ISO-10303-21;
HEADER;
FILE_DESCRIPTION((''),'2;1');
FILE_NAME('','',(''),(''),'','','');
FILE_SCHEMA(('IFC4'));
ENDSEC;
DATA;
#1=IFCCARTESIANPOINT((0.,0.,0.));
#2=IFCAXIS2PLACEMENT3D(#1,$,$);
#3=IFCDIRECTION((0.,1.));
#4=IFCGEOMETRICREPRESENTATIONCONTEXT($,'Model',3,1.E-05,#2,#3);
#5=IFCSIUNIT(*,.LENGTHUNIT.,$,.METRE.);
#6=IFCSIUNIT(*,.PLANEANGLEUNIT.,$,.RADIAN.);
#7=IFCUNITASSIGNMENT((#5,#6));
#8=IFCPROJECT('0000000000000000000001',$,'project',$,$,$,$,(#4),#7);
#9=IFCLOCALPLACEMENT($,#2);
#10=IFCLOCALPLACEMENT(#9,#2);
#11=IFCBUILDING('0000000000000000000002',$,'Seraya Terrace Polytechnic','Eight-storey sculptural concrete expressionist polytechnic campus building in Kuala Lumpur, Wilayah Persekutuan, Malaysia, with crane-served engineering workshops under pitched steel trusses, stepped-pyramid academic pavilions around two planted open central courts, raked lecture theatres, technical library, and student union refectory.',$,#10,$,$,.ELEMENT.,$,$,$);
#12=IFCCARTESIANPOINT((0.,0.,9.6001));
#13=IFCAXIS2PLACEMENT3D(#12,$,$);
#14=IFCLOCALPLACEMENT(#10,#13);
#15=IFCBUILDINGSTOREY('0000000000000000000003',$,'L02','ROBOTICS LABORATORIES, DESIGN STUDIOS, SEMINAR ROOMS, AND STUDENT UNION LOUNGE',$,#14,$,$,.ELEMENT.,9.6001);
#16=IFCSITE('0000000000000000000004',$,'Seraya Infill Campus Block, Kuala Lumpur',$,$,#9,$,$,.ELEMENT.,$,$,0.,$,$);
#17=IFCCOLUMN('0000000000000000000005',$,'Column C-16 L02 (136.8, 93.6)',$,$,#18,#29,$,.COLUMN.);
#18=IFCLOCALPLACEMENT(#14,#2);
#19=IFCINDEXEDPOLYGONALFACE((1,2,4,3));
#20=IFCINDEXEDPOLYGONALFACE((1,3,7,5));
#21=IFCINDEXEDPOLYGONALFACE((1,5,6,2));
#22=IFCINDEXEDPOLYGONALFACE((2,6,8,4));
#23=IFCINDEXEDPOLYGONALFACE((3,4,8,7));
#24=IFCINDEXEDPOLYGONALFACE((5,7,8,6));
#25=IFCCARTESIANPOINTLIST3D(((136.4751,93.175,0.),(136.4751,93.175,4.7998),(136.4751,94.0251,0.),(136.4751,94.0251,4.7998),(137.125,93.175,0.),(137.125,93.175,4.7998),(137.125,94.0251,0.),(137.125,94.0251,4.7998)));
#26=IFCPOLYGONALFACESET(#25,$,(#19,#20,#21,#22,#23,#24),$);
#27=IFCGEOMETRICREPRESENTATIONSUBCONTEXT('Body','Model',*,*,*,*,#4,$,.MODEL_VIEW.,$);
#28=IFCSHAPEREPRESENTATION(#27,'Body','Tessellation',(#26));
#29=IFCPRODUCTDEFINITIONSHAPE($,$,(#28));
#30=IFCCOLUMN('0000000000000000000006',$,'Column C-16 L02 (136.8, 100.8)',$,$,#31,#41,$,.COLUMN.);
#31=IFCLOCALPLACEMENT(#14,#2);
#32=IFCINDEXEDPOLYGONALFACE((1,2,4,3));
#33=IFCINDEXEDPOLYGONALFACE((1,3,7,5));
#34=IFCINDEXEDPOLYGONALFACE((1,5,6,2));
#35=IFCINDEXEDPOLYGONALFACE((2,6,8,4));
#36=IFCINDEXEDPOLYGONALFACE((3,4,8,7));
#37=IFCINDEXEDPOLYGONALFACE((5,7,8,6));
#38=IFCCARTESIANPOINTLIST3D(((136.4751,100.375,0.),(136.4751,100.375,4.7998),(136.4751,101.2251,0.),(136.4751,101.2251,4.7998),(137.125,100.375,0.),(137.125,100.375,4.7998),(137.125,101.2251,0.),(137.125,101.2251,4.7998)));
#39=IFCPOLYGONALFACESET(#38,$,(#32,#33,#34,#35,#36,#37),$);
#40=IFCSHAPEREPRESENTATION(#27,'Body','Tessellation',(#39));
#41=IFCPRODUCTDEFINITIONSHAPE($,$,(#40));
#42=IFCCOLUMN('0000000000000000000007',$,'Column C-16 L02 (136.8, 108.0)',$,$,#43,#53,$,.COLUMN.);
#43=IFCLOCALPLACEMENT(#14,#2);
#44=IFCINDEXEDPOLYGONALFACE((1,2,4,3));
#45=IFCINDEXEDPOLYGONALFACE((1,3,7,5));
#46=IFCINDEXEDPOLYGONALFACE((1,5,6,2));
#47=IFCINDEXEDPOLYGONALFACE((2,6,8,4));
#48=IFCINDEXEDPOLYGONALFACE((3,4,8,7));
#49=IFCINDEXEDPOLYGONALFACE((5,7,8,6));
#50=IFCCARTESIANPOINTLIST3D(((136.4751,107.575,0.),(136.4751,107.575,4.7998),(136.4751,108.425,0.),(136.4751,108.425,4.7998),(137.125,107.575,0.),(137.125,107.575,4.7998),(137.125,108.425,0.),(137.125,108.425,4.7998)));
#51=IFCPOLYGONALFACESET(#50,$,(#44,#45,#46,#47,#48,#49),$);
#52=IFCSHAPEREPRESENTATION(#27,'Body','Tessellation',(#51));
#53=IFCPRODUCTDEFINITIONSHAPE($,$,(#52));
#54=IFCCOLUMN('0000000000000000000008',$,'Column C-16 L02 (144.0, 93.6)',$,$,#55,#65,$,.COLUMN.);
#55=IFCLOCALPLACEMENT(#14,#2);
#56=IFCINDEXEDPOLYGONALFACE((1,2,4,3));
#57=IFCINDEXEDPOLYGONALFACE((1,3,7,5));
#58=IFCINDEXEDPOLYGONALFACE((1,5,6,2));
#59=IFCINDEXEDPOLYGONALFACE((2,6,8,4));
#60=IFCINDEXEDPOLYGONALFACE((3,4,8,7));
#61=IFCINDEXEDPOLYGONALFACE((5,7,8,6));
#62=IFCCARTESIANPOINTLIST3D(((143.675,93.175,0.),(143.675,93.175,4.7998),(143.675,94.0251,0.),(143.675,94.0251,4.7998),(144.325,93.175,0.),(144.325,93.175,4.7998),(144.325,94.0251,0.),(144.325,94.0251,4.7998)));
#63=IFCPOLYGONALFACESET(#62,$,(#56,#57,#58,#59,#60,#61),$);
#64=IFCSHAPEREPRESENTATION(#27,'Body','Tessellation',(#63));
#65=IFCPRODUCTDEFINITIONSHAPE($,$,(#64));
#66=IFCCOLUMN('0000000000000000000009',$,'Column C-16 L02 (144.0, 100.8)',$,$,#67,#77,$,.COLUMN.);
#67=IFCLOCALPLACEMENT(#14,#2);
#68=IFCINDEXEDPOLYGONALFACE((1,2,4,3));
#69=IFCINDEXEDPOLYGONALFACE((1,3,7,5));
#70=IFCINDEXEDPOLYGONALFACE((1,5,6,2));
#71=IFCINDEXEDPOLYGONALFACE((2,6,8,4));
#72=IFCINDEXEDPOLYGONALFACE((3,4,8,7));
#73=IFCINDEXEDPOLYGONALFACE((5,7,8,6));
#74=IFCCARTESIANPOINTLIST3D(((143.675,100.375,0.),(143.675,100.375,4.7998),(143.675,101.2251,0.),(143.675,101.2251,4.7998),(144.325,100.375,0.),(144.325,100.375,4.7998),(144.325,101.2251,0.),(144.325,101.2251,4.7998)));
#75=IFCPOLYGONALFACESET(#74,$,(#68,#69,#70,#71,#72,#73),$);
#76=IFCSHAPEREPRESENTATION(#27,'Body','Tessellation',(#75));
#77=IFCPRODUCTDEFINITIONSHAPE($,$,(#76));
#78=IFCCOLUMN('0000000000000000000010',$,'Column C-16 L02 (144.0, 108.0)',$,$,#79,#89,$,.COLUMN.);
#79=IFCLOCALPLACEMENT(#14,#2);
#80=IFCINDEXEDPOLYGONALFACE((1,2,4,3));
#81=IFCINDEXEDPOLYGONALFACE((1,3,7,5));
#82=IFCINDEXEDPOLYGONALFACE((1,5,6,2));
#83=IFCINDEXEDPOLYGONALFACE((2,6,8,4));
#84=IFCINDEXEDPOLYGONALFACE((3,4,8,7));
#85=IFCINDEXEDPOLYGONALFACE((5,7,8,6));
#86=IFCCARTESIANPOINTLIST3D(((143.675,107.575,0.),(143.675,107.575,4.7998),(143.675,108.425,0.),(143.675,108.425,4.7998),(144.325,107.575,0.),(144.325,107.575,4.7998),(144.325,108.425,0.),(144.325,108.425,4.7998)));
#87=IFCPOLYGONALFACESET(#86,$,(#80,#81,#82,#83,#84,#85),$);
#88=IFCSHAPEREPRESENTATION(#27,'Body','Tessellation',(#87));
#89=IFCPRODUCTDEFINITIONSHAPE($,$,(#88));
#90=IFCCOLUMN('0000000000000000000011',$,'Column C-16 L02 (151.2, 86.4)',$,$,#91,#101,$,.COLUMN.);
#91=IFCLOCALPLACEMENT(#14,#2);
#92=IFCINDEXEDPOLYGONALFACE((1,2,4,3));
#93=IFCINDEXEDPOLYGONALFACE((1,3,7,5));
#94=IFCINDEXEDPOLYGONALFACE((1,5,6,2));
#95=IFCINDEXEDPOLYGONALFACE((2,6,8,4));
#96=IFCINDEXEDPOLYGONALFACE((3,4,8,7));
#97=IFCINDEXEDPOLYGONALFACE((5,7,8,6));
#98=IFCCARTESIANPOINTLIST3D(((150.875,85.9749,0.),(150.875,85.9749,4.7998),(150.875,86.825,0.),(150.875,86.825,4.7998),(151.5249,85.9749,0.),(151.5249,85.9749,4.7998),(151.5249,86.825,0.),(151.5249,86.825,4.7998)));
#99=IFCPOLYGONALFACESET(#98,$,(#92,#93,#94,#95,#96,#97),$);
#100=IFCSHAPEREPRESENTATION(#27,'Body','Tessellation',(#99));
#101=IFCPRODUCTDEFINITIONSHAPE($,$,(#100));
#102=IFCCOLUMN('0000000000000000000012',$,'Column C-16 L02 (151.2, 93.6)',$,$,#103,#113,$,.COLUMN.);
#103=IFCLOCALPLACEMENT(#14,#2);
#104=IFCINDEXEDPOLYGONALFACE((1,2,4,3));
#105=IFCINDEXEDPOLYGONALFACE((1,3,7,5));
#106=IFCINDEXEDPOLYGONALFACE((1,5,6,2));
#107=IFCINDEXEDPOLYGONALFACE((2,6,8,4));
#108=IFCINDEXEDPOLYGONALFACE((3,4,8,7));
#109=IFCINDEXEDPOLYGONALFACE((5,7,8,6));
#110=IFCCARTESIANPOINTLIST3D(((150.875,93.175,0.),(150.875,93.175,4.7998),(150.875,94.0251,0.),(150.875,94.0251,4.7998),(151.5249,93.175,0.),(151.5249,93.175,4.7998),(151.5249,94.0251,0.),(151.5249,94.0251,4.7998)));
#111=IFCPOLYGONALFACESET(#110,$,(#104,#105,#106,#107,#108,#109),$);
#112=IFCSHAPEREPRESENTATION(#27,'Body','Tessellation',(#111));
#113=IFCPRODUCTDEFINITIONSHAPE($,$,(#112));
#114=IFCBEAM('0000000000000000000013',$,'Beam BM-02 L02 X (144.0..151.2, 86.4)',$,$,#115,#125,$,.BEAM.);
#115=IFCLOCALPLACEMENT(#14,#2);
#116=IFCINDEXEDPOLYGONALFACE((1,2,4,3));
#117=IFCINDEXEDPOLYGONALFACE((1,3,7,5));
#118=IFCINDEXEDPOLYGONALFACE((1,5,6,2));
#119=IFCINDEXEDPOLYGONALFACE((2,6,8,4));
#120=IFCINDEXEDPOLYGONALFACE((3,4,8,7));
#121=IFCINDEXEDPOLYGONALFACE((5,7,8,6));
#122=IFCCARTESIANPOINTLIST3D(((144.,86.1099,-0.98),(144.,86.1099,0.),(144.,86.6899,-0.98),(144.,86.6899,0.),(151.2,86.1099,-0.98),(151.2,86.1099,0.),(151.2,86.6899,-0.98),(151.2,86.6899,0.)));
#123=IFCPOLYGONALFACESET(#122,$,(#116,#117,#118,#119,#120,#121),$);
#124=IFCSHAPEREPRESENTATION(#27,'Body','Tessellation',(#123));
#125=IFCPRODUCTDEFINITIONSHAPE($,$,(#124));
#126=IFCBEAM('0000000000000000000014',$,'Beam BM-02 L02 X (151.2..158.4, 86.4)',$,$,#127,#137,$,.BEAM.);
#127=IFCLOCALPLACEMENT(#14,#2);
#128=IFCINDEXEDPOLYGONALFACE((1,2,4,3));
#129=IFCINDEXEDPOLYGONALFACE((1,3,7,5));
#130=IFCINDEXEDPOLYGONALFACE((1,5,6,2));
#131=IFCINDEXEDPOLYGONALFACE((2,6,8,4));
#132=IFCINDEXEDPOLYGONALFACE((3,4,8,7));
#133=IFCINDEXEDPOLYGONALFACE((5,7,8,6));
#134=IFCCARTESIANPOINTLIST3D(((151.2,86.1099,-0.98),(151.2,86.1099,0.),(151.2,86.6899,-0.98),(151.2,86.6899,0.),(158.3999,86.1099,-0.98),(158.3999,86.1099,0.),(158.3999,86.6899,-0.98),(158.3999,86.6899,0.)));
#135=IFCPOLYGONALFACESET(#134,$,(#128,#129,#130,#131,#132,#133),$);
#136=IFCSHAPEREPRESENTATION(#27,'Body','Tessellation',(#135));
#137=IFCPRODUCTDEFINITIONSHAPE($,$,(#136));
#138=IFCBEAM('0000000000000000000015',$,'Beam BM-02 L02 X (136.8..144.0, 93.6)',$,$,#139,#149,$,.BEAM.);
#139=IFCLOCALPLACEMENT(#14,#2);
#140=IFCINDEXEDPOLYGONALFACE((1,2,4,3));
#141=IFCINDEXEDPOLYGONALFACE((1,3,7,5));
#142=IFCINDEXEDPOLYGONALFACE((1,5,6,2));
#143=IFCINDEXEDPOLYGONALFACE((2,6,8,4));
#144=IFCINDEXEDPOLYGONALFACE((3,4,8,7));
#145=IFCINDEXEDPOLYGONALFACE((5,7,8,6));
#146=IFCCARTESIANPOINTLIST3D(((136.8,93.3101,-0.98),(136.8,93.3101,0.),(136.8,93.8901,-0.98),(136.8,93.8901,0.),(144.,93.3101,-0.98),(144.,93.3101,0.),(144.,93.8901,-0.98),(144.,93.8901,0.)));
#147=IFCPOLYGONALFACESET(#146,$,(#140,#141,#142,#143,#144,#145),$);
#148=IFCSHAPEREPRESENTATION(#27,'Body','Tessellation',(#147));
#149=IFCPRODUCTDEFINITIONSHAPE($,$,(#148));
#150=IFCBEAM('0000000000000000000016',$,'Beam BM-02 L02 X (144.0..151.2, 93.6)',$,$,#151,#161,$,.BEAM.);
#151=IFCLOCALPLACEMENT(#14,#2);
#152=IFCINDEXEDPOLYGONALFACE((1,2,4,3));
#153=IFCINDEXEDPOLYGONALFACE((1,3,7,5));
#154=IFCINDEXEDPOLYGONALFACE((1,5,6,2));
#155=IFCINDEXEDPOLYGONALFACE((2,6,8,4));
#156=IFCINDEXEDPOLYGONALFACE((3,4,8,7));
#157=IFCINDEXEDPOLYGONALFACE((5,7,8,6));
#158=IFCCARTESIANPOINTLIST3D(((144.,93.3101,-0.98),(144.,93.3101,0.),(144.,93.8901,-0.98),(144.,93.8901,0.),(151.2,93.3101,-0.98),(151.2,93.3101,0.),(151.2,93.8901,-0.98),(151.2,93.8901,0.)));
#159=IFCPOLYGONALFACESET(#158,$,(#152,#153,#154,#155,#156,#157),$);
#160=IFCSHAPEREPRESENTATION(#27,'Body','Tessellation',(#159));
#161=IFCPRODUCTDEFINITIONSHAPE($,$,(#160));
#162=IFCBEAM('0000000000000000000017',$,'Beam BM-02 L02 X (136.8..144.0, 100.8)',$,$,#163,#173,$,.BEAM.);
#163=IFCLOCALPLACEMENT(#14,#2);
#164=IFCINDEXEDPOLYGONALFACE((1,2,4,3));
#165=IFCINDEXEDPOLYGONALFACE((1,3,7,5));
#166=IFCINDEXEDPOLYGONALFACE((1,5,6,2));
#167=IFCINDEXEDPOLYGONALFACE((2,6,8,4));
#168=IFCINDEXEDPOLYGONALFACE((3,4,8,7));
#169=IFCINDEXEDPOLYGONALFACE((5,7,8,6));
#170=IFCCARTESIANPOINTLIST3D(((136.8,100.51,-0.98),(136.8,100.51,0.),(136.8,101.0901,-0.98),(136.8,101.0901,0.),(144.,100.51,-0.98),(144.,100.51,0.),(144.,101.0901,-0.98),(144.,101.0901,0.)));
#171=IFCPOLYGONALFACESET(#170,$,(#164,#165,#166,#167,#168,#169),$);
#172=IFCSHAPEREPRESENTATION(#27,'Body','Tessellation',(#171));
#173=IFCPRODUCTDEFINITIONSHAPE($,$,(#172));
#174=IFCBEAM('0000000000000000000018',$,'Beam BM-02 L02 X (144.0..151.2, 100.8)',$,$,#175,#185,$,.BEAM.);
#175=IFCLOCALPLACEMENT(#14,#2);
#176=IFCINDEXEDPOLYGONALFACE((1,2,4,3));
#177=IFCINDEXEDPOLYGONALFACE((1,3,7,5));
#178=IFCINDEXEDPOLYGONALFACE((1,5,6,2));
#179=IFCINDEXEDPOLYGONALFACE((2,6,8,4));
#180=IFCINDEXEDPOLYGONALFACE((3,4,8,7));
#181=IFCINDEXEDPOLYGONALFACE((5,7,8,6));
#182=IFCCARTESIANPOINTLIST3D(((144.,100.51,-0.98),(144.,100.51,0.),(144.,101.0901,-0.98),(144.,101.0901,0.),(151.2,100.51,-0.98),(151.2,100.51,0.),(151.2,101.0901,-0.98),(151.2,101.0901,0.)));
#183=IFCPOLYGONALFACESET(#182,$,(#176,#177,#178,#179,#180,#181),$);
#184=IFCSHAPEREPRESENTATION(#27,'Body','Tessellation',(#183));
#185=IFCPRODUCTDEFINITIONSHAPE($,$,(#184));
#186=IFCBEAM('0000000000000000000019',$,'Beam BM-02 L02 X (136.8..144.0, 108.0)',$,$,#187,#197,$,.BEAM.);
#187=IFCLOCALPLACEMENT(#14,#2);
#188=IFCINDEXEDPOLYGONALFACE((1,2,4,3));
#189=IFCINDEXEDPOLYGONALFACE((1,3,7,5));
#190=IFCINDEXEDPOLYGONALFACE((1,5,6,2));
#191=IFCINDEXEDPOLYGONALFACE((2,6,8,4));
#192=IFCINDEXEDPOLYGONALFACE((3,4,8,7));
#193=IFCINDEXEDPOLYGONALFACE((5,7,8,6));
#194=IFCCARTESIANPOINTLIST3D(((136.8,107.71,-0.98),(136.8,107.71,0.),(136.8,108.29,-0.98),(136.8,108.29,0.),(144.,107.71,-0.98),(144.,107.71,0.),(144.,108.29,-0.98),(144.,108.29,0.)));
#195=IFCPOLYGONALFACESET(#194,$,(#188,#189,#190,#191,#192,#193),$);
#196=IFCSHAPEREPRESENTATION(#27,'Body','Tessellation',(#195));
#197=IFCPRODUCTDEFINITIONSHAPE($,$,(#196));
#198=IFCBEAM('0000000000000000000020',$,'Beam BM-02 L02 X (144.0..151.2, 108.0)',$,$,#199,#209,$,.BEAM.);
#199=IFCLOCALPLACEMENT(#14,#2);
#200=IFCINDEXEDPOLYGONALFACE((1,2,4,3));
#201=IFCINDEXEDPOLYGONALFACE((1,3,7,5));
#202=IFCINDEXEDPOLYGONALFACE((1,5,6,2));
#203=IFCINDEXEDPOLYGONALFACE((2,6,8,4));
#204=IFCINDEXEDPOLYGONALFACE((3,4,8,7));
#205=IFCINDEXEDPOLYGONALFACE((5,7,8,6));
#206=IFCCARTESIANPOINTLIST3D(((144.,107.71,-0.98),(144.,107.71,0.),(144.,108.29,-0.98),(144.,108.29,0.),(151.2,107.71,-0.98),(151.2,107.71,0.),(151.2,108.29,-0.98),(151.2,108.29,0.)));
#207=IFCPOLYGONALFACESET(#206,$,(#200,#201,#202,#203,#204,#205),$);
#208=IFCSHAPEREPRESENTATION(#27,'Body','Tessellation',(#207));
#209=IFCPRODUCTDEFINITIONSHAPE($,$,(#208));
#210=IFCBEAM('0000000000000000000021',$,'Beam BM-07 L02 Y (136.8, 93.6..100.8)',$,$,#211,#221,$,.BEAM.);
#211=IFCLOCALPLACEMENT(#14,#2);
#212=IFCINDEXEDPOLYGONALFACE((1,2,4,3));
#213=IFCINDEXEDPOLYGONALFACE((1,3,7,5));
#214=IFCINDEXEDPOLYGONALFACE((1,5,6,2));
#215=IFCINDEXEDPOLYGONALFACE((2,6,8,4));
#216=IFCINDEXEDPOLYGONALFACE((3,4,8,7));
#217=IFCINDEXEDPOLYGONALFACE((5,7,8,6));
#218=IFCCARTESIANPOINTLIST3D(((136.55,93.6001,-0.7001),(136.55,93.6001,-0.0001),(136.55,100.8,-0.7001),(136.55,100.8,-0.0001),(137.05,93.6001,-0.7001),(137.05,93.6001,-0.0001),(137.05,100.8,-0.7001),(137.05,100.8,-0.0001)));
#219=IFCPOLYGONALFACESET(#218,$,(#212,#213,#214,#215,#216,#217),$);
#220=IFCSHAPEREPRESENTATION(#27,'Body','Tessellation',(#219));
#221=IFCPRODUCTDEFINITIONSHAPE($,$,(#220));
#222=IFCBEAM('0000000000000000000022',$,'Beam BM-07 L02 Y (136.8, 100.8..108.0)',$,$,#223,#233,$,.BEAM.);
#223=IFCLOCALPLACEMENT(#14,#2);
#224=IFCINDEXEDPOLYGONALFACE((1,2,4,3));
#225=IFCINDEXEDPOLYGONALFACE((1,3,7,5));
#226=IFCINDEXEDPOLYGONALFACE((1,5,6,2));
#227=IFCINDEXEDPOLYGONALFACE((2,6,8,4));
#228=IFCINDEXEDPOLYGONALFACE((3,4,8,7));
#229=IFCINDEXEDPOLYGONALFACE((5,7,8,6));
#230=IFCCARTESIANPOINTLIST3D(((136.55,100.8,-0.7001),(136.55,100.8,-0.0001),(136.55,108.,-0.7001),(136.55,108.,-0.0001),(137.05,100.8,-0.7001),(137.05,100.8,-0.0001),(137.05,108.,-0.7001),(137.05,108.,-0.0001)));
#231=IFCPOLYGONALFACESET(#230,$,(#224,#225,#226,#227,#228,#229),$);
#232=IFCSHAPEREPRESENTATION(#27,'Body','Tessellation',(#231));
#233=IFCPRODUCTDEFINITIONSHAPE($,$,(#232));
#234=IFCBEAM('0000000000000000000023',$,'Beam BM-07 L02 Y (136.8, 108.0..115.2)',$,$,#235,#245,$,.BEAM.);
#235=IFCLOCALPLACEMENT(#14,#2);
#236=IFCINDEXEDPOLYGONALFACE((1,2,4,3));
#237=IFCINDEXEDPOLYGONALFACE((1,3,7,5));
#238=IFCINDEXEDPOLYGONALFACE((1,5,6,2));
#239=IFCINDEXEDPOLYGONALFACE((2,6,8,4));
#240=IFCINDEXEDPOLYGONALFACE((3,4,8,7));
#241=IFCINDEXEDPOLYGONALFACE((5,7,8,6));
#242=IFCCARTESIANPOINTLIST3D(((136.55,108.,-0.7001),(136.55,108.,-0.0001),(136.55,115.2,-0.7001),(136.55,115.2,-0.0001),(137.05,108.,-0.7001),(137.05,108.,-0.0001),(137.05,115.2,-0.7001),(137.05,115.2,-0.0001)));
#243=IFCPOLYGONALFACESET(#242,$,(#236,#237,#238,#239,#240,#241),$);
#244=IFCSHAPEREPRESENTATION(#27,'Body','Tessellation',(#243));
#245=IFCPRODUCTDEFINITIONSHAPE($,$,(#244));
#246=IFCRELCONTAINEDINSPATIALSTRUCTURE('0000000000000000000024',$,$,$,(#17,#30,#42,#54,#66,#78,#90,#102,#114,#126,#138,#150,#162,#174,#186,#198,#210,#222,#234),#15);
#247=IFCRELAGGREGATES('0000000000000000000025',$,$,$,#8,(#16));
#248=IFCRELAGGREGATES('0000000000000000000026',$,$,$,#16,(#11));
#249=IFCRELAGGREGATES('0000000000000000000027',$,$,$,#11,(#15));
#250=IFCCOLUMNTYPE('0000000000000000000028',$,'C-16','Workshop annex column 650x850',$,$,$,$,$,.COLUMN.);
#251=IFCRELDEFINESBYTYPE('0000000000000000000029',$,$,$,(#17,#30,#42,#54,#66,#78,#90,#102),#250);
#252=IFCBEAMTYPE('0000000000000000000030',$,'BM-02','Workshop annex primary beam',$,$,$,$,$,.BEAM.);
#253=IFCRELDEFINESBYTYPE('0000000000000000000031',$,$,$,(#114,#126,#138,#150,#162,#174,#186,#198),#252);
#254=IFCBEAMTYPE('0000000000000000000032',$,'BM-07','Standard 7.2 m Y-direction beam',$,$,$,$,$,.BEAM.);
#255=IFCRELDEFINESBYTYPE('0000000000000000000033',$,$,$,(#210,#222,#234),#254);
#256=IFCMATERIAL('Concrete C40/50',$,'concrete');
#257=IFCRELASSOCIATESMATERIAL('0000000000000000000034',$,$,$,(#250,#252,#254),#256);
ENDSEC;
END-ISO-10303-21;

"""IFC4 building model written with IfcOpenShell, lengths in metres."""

from ifc_helpers import new_model, si_unit, direction, frame, origin, origin_2d, place, context, subcontext, project, spatial, rectangle, extrude, material, material_profile, profile_set, type_object, element, save


model = new_model("IFC4")

# Units and contexts
model_context = context("Model", 3, precision=1e-05, world=origin(), true_north=direction((0.0, 1.0)))
body_context = subcontext(model_context, "Body", "Model", "MODEL_VIEW")
ifc_project = project(units=[si_unit("LENGTHUNIT", "METRE"), si_unit("PLANEANGLEUNIT", "RADIAN")], contexts=[model_context])

# Site, building, storey
site_placement = place(None, origin())
site = spatial("IfcSite", under=ifc_project, at=site_placement, Name="Seraya Infill Campus Block, Kuala Lumpur", CompositionType="ELEMENT", RefElevation=0.0)
building_placement = place(site_placement, origin())
building = spatial("IfcBuilding", under=site, at=building_placement, Name="Seraya Terrace Polytechnic", Description="Eight-storey sculptural concrete expressionist polytechnic campus building in Kuala Lumpur, Wilayah Persekutuan, Malaysia, with crane-served engineering workshops under pitched steel trusses, stepped-pyramid academic pavilions around two planted open central courts, raked lecture theatres, technical library, and student union refectory.", CompositionType="ELEMENT")
storey_placement = place(building_placement, frame((0.0, 0.0, 9.6001)))
storey = spatial("IfcBuildingStorey", under=building, at=storey_placement, Name="L02", Description="ROBOTICS LABORATORIES, DESIGN STUDIOS, SEMINAR ROOMS, AND STUDENT UNION LOUNGE", CompositionType="ELEMENT", Elevation=9.6001)

# Columns
ifc_material_1 = material(Name="Concrete C40/50", Category="concrete")
ifc_material_profile_1 = material_profile(ifc_material_1, rectangle(XDim=0.6499, YDim=0.8501, at=origin_2d()), Name="RC 650x850")
ifc_profile_set_1 = profile_set([ifc_material_profile_1], Name="Concrete C40/50")
column_type = type_object("IfcColumnType", Name="C-16", Description="Workshop annex column 650x850", PredefinedType="COLUMN", material=ifc_profile_set_1)
for number, where, z_axis, x_axis, name in (
    (1, (136.8, 93.6001, 0.0), (0.0, 0.0, 1.0), (1.0, 0.0, 0.0), "Column C-16 L02 (136.8, 93.6)"),
    (2, (136.8, 100.8, 0.0), (0.0, 0.0, 1.0), (1.0, 0.0, 0.0), "Column C-16 L02 (136.8, 100.8)"),
    (3, (136.8, 108.0, 0.0), (0.0, 0.0, 1.0), (1.0, 0.0, 0.0), "Column C-16 L02 (136.8, 108.0)"),
    (4, (144.0, 93.6001, 0.0), (0.0, 0.0, 1.0), (1.0, 0.0, 0.0), "Column C-16 L02 (144.0, 93.6)"),
    (5, (144.0, 100.8, 0.0), (0.0, 0.0, 1.0), (1.0, 0.0, 0.0), "Column C-16 L02 (144.0, 100.8)"),
    (6, (144.0, 108.0, 0.0), (0.0, 0.0, 1.0), (1.0, 0.0, 0.0), "Column C-16 L02 (144.0, 108.0)"),
    (7, (151.2, 86.3999, 0.0), (0.0, 0.0, 1.0), (1.0, 0.0, 0.0), "Column C-16 L02 (151.2, 86.4)"),
    (8, (151.2, 93.6001, 0.0), (0.0, 0.0, 1.0), (1.0, 0.0, 0.0), "Column C-16 L02 (151.2, 93.6)"),
):
    element("IfcColumn", number, at=place(storey_placement, frame(where, z_axis=z_axis, x_axis=x_axis)), inside=storey, type_object=column_type, Name=name, PredefinedType="COLUMN", context=body_context, shape_type="SweptSolid", body=[
        extrude(rectangle(XDim=0.6499, YDim=0.8501, at=origin_2d()), origin(), (0.0, 0.0, 1.0), 4.7998),
    ])

# Beams
ifc_material_profile_2 = material_profile(ifc_material_1, rectangle(XDim=0.5801, YDim=0.98, at=origin_2d()), Name="RC 580x980")
ifc_profile_set_2 = profile_set([ifc_material_profile_2], Name="Concrete C40/50")
beam_type_1 = type_object("IfcBeamType", Name="BM-02", Description="Workshop annex primary beam", PredefinedType="BEAM", material=ifc_profile_set_2)
for number, where, z_axis, x_axis, name in (
    (9, (144.0, 86.3999, -0.49), (1.0, 0.0, 0.0), (0.0, 1.0, 0.0), "Beam BM-02 L02 X (144.0..151.2, 86.4)"),
    (10, (151.2, 86.3999, -0.49), (1.0, 0.0, 0.0), (0.0, 1.0, 0.0), "Beam BM-02 L02 X (151.2..158.4, 86.4)"),
    (11, (136.8, 93.6001, -0.49), (1.0, 0.0, 0.0), (0.0, 1.0, 0.0), "Beam BM-02 L02 X (136.8..144.0, 93.6)"),
    (12, (144.0, 93.6001, -0.49), (1.0, 0.0, 0.0), (0.0, 1.0, 0.0), "Beam BM-02 L02 X (144.0..151.2, 93.6)"),
    (13, (136.8, 100.8, -0.49), (1.0, 0.0, 0.0), (0.0, 1.0, 0.0), "Beam BM-02 L02 X (136.8..144.0, 100.8)"),
    (14, (144.0, 100.8, -0.49), (1.0, 0.0, 0.0), (0.0, 1.0, 0.0), "Beam BM-02 L02 X (144.0..151.2, 100.8)"),
    (15, (136.8, 108.0, -0.49), (1.0, 0.0, 0.0), (0.0, 1.0, 0.0), "Beam BM-02 L02 X (136.8..144.0, 108.0)"),
    (16, (144.0, 108.0, -0.49), (1.0, 0.0, 0.0), (0.0, 1.0, 0.0), "Beam BM-02 L02 X (144.0..151.2, 108.0)"),
):
    element("IfcBeam", number, at=place(storey_placement, frame(where, z_axis=z_axis, x_axis=x_axis)), inside=storey, type_object=beam_type_1, Name=name, PredefinedType="BEAM", context=body_context, shape_type="SweptSolid", body=[
        extrude(rectangle(XDim=0.5801, YDim=0.98, at=origin_2d()), origin(), (0.0, 0.0, 1.0), 7.2),
    ])
ifc_material_profile_3 = material_profile(ifc_material_1, rectangle(XDim=0.5, YDim=0.7, at=origin_2d()), Name="RC 500x700")
ifc_profile_set_3 = profile_set([ifc_material_profile_3], Name="Concrete C40/50")
beam_type_2 = type_object("IfcBeamType", Name="BM-07", Description="Standard 7.2 m Y-direction beam", PredefinedType="BEAM", material=ifc_profile_set_3)
for number, where, z_axis, x_axis, name in (
    (17, (136.8, 93.6001, -0.3501), (0.0, 1.0, 0.0), (-1.0, 0.0, 0.0), "Beam BM-07 L02 Y (136.8, 93.6..100.8)"),
    (18, (136.8, 100.8, -0.3501), (0.0, 1.0, 0.0), (-1.0, 0.0, 0.0), "Beam BM-07 L02 Y (136.8, 100.8..108.0)"),
    (19, (136.8, 108.0, -0.3501), (0.0, 1.0, 0.0), (-1.0, 0.0, 0.0), "Beam BM-07 L02 Y (136.8, 108.0..115.2)"),
):
    element("IfcBeam", number, at=place(storey_placement, frame(where, z_axis=z_axis, x_axis=x_axis)), inside=storey, type_object=beam_type_2, Name=name, PredefinedType="BEAM", context=body_context, shape_type="SweptSolid", body=[
        extrude(rectangle(XDim=0.5, YDim=0.7, at=origin_2d()), origin(), (0.0, 0.0, 1.0), 7.2),
    ])

save(model, "model.ifc")
